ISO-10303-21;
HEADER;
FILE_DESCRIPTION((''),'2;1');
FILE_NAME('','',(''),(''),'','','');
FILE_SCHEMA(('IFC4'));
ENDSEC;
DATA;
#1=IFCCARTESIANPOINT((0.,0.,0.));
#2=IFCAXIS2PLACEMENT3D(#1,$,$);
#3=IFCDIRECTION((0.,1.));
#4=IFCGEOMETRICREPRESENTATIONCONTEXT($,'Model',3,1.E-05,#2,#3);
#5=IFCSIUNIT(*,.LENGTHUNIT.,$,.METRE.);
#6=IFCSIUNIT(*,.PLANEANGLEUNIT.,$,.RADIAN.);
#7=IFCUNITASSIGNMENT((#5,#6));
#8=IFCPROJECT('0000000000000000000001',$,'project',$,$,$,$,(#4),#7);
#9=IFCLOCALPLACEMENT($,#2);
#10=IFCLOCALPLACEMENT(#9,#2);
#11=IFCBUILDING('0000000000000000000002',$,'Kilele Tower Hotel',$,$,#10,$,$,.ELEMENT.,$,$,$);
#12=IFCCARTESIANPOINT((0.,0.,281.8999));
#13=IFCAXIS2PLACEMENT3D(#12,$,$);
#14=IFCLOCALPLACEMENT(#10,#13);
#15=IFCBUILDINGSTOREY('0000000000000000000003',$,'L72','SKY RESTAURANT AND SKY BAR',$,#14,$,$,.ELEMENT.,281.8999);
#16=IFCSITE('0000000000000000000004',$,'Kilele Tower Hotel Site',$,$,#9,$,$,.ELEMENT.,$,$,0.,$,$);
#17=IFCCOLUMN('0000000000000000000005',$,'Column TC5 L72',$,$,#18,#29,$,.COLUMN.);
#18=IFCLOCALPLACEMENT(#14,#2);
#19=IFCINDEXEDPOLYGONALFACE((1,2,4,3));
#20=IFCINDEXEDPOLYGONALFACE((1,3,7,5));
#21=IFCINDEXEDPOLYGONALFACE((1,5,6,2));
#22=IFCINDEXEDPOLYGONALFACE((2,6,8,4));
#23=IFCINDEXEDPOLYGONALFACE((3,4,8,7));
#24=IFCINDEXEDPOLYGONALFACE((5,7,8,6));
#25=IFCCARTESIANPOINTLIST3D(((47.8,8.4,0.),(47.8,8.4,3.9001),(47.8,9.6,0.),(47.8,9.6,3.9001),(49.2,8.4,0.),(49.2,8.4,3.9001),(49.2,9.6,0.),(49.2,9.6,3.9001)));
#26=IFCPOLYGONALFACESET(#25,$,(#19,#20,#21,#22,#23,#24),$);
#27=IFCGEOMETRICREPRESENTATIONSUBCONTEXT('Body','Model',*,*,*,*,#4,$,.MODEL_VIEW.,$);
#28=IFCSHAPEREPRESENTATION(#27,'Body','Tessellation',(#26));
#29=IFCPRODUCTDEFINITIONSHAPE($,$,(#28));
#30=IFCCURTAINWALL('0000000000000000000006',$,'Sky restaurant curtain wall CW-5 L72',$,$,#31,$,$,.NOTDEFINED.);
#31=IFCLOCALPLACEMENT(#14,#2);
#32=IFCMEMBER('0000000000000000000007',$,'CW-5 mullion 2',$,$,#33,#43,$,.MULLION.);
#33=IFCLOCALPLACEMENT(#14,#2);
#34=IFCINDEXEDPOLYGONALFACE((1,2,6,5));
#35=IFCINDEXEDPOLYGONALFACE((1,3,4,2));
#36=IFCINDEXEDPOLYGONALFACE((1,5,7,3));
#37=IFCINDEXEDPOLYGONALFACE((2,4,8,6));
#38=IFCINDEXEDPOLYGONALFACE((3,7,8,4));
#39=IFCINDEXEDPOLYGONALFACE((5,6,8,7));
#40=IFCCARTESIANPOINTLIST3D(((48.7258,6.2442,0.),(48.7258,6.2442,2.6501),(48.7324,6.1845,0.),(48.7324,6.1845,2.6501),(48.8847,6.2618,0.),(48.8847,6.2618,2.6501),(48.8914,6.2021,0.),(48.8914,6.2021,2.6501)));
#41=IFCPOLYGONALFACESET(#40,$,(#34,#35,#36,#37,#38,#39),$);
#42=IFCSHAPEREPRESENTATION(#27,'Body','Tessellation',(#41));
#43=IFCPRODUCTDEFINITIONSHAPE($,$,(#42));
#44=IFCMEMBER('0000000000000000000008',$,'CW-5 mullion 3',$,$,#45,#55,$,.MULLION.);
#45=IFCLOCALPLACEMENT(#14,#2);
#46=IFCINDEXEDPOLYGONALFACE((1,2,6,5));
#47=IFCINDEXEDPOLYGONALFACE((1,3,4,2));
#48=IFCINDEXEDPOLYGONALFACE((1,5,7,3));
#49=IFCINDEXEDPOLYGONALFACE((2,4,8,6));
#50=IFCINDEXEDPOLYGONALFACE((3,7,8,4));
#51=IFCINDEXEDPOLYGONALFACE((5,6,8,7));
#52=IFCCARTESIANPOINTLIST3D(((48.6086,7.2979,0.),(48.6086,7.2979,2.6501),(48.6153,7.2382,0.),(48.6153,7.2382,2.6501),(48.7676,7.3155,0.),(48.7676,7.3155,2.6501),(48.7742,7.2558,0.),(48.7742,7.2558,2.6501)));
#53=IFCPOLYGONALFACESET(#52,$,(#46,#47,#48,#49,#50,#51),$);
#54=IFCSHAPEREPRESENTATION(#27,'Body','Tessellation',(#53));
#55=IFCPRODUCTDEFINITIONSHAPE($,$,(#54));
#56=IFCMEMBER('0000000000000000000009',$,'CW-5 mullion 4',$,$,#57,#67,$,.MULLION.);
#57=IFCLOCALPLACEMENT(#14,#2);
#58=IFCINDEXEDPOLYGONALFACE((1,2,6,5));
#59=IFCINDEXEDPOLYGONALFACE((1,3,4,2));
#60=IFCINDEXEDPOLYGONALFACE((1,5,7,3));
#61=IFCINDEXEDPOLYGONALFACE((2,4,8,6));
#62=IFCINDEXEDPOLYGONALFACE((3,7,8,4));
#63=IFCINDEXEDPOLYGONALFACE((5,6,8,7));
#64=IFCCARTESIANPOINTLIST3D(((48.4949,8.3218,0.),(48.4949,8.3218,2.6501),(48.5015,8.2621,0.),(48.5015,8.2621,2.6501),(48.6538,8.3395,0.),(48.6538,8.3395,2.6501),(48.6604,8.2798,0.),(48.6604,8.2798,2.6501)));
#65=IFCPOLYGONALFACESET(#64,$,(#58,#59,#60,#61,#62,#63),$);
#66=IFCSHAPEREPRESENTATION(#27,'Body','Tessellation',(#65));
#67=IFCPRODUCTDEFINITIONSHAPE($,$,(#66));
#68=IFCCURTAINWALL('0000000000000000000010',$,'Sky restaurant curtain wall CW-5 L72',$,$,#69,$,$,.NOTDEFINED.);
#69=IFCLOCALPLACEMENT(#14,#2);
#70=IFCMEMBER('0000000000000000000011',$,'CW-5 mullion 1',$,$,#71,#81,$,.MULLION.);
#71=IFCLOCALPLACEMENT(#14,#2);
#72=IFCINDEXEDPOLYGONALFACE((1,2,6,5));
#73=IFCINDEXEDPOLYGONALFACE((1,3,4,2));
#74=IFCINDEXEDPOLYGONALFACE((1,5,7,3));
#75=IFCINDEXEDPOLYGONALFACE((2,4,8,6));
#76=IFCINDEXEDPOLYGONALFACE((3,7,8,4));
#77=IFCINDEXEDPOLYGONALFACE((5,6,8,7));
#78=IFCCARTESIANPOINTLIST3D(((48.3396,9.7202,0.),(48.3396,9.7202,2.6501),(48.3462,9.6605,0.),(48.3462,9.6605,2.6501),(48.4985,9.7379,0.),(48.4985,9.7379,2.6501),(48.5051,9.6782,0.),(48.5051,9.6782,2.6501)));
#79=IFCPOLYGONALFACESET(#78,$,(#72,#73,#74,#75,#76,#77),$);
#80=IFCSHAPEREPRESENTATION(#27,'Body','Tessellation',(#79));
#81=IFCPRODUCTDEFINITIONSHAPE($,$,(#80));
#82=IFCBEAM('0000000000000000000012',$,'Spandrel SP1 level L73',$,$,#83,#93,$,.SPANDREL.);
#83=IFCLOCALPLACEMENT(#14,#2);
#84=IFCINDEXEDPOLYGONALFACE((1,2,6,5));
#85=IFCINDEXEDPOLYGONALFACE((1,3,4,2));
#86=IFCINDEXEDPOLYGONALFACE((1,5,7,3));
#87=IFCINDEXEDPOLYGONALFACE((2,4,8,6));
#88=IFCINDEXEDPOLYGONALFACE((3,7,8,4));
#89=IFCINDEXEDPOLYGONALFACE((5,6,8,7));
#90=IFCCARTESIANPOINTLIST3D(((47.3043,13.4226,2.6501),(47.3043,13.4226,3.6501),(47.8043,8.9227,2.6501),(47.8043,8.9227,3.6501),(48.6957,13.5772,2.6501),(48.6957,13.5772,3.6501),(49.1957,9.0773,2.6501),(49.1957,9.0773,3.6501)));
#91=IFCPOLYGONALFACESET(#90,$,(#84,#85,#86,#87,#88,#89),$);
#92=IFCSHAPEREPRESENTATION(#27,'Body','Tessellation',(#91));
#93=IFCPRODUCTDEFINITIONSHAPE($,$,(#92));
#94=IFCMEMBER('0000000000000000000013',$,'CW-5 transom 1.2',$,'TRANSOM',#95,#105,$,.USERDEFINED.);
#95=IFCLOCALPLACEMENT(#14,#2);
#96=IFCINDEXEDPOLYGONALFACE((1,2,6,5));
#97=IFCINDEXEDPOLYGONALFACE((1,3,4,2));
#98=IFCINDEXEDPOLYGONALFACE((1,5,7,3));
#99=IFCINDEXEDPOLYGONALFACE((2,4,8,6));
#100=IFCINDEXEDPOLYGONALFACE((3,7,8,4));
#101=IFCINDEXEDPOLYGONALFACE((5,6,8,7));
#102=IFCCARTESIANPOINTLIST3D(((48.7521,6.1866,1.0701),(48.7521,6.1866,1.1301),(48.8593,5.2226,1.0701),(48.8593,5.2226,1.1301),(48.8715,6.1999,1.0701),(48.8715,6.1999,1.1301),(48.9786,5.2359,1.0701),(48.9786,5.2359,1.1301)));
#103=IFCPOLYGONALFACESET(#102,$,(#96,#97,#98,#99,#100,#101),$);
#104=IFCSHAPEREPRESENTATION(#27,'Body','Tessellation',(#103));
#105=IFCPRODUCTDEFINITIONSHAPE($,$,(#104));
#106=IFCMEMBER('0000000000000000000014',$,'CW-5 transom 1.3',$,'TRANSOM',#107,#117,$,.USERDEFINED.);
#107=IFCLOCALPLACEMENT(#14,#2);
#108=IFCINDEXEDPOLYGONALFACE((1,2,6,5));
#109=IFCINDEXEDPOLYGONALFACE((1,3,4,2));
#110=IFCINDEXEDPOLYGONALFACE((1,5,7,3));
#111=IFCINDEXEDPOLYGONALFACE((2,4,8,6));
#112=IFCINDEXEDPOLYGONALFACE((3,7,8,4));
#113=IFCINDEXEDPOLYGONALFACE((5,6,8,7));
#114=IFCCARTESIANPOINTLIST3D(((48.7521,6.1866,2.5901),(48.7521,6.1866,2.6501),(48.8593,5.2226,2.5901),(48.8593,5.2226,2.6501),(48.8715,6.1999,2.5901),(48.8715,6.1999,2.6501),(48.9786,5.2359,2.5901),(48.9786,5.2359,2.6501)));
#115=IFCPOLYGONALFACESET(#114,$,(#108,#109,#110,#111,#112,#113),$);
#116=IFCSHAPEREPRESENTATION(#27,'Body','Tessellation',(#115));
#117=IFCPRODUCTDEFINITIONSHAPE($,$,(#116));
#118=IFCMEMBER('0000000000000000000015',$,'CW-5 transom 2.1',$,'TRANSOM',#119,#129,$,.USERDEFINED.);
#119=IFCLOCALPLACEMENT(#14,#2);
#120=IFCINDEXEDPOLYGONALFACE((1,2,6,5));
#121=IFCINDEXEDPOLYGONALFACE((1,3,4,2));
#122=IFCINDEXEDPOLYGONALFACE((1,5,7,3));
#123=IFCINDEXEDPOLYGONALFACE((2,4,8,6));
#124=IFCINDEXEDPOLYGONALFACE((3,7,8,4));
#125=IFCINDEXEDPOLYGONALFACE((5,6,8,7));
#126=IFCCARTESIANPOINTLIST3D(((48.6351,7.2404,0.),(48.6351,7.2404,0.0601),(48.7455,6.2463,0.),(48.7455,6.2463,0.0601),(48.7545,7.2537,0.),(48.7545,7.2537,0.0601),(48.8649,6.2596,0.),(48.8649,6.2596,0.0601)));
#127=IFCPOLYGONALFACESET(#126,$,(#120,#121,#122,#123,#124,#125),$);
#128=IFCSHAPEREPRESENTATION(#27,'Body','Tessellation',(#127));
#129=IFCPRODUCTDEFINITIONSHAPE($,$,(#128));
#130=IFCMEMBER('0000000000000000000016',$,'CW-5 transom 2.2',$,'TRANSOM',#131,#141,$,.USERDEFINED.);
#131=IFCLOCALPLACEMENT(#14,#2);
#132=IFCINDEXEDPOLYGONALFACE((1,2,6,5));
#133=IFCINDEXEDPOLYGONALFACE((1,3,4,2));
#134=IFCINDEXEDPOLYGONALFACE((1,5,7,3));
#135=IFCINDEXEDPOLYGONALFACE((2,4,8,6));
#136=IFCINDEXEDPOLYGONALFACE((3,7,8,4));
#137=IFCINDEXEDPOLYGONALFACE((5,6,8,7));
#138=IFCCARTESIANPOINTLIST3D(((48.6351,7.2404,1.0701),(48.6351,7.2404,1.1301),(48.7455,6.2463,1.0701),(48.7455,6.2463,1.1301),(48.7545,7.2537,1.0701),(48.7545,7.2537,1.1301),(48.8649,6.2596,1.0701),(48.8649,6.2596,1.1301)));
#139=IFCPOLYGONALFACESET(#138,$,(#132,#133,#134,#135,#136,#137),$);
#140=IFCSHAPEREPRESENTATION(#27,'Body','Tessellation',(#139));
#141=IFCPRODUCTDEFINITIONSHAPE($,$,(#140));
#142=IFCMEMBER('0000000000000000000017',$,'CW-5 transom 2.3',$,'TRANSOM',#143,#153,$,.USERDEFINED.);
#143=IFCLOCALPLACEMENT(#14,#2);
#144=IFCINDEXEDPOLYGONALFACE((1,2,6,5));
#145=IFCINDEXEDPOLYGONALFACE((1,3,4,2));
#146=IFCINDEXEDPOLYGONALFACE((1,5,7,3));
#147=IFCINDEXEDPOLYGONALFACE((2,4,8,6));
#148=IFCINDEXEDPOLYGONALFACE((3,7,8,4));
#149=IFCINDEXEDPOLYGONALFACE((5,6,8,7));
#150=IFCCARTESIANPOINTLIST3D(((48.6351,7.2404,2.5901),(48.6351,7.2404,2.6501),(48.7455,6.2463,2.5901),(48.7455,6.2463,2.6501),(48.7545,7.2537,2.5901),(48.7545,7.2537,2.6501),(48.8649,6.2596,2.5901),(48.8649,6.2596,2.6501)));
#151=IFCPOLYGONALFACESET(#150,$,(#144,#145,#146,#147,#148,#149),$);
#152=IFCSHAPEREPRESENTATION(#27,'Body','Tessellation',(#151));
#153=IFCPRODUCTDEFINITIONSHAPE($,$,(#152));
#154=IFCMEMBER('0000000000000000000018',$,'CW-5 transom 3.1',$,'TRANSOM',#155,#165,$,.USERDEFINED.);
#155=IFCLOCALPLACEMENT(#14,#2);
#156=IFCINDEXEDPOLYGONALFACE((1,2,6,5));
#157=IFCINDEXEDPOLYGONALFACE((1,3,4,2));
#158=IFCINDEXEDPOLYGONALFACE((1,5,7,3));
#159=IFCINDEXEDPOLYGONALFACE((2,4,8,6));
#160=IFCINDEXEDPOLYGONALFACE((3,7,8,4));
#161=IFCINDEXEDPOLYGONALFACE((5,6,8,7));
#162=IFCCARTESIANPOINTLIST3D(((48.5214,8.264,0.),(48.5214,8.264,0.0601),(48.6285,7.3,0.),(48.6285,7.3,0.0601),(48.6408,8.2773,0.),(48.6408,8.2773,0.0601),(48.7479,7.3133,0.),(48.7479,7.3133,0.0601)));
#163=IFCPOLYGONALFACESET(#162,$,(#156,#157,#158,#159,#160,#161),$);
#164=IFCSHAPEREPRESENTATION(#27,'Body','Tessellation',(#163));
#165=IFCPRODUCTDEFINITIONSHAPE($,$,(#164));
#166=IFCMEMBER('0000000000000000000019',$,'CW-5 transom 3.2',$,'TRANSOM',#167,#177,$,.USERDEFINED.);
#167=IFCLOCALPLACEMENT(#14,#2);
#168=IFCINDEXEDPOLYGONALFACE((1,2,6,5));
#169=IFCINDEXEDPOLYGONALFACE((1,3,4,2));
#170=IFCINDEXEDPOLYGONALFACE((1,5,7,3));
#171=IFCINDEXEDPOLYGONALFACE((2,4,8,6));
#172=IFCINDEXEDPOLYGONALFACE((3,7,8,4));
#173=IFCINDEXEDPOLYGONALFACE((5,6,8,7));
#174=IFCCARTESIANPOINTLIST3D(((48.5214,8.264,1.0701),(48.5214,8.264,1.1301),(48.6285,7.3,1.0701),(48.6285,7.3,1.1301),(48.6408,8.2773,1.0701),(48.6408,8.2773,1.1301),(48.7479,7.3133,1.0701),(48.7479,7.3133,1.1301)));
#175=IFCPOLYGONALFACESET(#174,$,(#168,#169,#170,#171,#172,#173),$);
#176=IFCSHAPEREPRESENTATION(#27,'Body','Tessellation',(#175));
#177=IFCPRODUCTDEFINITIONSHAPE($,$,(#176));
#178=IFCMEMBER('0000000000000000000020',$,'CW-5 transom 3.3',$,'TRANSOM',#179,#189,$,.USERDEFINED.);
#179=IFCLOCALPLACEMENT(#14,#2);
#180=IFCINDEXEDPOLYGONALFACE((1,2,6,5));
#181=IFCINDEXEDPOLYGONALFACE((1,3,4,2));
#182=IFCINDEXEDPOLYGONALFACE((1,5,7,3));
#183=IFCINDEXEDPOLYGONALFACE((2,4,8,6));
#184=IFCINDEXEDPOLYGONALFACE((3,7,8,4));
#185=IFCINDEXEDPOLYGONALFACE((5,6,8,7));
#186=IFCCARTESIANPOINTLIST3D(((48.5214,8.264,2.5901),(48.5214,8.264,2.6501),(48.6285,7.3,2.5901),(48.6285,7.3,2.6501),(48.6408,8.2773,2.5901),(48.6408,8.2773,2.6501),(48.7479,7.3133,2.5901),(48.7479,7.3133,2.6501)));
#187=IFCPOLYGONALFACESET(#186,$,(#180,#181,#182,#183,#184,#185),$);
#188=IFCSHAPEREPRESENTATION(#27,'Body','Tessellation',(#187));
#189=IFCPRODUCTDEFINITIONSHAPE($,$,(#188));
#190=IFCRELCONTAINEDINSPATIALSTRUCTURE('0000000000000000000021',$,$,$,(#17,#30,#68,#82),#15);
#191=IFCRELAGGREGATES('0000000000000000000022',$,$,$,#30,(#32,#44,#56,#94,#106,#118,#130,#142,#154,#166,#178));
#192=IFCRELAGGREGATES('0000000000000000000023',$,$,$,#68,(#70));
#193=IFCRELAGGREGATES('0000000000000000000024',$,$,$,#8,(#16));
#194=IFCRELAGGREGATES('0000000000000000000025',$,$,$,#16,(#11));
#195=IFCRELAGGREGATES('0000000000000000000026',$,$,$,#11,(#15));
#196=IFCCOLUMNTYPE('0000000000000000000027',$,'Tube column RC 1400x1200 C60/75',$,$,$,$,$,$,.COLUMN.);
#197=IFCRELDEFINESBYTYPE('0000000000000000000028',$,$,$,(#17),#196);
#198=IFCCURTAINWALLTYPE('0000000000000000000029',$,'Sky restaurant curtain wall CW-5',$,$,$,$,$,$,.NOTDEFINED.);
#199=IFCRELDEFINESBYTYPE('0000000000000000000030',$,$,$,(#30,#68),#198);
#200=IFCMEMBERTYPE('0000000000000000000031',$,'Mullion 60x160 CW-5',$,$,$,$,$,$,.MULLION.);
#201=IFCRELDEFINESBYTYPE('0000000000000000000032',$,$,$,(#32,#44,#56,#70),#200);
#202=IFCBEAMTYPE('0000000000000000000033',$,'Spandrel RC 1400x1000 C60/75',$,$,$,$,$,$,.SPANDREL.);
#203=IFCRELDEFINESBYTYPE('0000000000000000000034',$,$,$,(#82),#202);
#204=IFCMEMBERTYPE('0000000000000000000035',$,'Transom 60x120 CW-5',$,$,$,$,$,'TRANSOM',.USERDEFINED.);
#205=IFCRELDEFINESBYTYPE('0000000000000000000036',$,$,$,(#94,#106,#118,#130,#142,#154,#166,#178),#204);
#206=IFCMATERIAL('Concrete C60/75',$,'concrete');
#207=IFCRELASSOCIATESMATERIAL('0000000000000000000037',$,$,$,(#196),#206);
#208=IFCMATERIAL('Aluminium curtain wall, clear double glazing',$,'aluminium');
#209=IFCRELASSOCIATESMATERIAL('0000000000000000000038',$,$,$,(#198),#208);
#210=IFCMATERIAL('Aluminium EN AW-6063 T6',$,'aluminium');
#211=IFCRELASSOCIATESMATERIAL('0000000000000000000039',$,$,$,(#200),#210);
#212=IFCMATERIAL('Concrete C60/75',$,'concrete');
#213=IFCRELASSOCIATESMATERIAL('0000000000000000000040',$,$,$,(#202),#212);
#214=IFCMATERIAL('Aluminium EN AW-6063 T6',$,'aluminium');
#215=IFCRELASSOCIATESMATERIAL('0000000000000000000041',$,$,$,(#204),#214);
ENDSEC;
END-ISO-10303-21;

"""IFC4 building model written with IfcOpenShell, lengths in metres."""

from ifc_helpers import new_model, si_unit, direction, frame, origin, origin_2d, place, context, subcontext, project, spatial, rectangle, extrude, material, material_profile, profile_set, type_object, element, aggregate, save


model = new_model("IFC4")

# Units and contexts
model_context = context("Model", 3, precision=1e-05, world=origin(), true_north=direction((0.0, 1.0)))
body_context = subcontext(model_context, "Body", "Model", "MODEL_VIEW")
ifc_project = project(units=[si_unit("LENGTHUNIT", "METRE"), si_unit("PLANEANGLEUNIT", "RADIAN")], contexts=[model_context])

# Site, building, storey
site_placement = place(None, origin())
site = spatial("IfcSite", under=ifc_project, at=site_placement, Name="Kilele Tower Hotel Site", CompositionType="ELEMENT", RefElevation=0.0)
building_placement = place(site_placement, origin())
building = spatial("IfcBuilding", under=site, at=building_placement, Name="Kilele Tower Hotel", CompositionType="ELEMENT")
storey_placement = place(building_placement, frame((0.0, 0.0, 281.8999)))
storey = spatial("IfcBuildingStorey", under=building, at=storey_placement, Name="L72", Description="SKY RESTAURANT AND SKY BAR", CompositionType="ELEMENT", Elevation=281.8999)

# Column
ifc_material_1 = material(Name="Concrete C60/75", Category="concrete")
ifc_material_profile_1 = material_profile(ifc_material_1, rectangle(XDim=1.3999, YDim=1.2, at=origin_2d()))
ifc_profile_set_1 = profile_set([ifc_material_profile_1], Name="Concrete C60/75")
column_type = type_object("IfcColumnType", Name="Tube column RC 1400x1200 C60/75", PredefinedType="COLUMN", material=ifc_profile_set_1)
column_placement = place(storey_placement, frame((48.5, 9.0, 0.0), z_axis=(0.0, 0.0, 1.0), x_axis=(1.0, 0.0, 0.0)))
element("IfcColumn", 1, at=column_placement, inside=storey, type_object=column_type, Name="Column TC5 L72", PredefinedType="COLUMN", context=body_context, shape_type="SweptSolid", body=[
    extrude(rectangle(XDim=1.3999, YDim=1.2, at=origin_2d()), origin(), (0.0, 0.0, 1.0), 3.9001),
])

# Curtain wall, members
ifc_material_2 = material(Name="Aluminium curtain wall, clear double glazing", Category="aluminium")
curtain_wall_type = type_object("IfcCurtainWallType", Name="Sky restaurant curtain wall CW-5", PredefinedType="NOTDEFINED", material=ifc_material_2)
curtain_wall_1_placement = place(storey_placement, origin())
curtain_wall_1 = element("IfcCurtainWall", 2, at=curtain_wall_1_placement, inside=storey, type_object=curtain_wall_type, Name="Sky restaurant curtain wall CW-5 L72", PredefinedType="NOTDEFINED")
ifc_material_3 = material(Name="Aluminium EN AW-6063 T6", Category="aluminium")
ifc_material_profile_2 = material_profile(ifc_material_3, rectangle(XDim=0.1599, YDim=0.0601, at=origin_2d()))
ifc_profile_set_2 = profile_set([ifc_material_profile_2], Name="Aluminium EN AW-6063 T6")
member_type_1 = type_object("IfcMemberType", Name="Mullion 60x160 CW-5", PredefinedType="MULLION", material=ifc_profile_set_2)
member_1_placement = place(storey_placement, frame((48.8086, 6.2231, 0.0), z_axis=(0.0, 0.0, 1.0), x_axis=(-0.993884, -0.110432, 0.0)))
member_1 = element("IfcMember", 3, at=member_1_placement, type_object=member_type_1, Name="CW-5 mullion 2", PredefinedType="MULLION", context=body_context, shape_type="SweptSolid", body=[
    extrude(rectangle(XDim=0.1599, YDim=0.0601, at=origin_2d()), origin(), (0.0, 0.0, 1.0), 2.6501),
])
member_2_placement = place(storey_placement, frame((48.6914, 7.2769, 0.0), z_axis=(0.0, 0.0, 1.0), x_axis=(-0.993884, -0.110432, 0.0)))
member_2 = element("IfcMember", 4, at=member_2_placement, type_object=member_type_1, Name="CW-5 mullion 3", PredefinedType="MULLION", context=body_context, shape_type="SweptSolid", body=[
    extrude(rectangle(XDim=0.1599, YDim=0.0601, at=origin_2d()), origin(), (0.0, 0.0, 1.0), 2.6501),
])
member_3_placement = place(storey_placement, frame((48.5776, 8.3008, 0.0), z_axis=(0.0, 0.0, 1.0), x_axis=(-0.993884, -0.110432, 0.0)))
member_3 = element("IfcMember", 5, at=member_3_placement, type_object=member_type_1, Name="CW-5 mullion 4", PredefinedType="MULLION", context=body_context, shape_type="SweptSolid", body=[
    extrude(rectangle(XDim=0.1599, YDim=0.0601, at=origin_2d()), origin(), (0.0, 0.0, 1.0), 2.6501),
])

# Curtain wall, member
curtain_wall_2_placement = place(storey_placement, origin())
curtain_wall_2 = element("IfcCurtainWall", 6, at=curtain_wall_2_placement, inside=storey, type_object=curtain_wall_type, Name="Sky restaurant curtain wall CW-5 L72", PredefinedType="NOTDEFINED")
member_4_placement = place(storey_placement, frame((48.4224, 9.6992, 0.0), z_axis=(0.0, 0.0, 1.0), x_axis=(-0.993884, -0.110432, 0.0)))
member_4 = element("IfcMember", 7, at=member_4_placement, type_object=member_type_1, Name="CW-5 mullion 1", PredefinedType="MULLION", context=body_context, shape_type="SweptSolid", body=[
    extrude(rectangle(XDim=0.1599, YDim=0.0601, at=origin_2d()), origin(), (0.0, 0.0, 1.0), 2.6501),
])

# Beam
ifc_material_4 = material(Name="Concrete C60/75", Category="concrete")
ifc_material_profile_3 = material_profile(ifc_material_4, rectangle(XDim=1.3999, YDim=1.0, at=origin_2d()))
ifc_profile_set_3 = profile_set([ifc_material_profile_3], Name="Concrete C60/75")
beam_type = type_object("IfcBeamType", Name="Spandrel RC 1400x1000 C60/75", PredefinedType="SPANDREL", material=ifc_profile_set_3)
beam_placement = place(storey_placement, frame((48.5, 9.0, 3.1501), z_axis=(-0.110432, 0.993884, 0.0), x_axis=(-0.993884, -0.110432, 0.0)))
element("IfcBeam", 8, at=beam_placement, inside=storey, type_object=beam_type, Name="Spandrel SP1 level L73", PredefinedType="SPANDREL", context=body_context, shape_type="SweptSolid", body=[
    extrude(rectangle(XDim=1.3999, YDim=1.0, at=origin_2d()), origin(), (0.0, 0.0, 1.0), 4.5276),
])

# Members
ifc_material_5 = material(Name="Aluminium EN AW-6063 T6", Category="aluminium")
ifc_material_profile_4 = material_profile(ifc_material_5, rectangle(XDim=0.1201, YDim=0.0601, at=origin_2d()))
ifc_profile_set_4 = profile_set([ifc_material_profile_4], Name="Aluminium EN AW-6063 T6")
member_type_2 = type_object("IfcMemberType", Name="Transom 60x120 CW-5", ElementType="TRANSOM", PredefinedType="USERDEFINED", material=ifc_profile_set_4)
member_5_placement = place(storey_placement, frame((48.9189, 5.2292, 1.1001), z_axis=(-0.110487, 0.993878, 0.0), x_axis=(-0.993878, -0.110487, 0.0)))
member_5 = element("IfcMember", 9, at=member_5_placement, type_object=member_type_2, Name="CW-5 transom 1.2", ObjectType="TRANSOM", PredefinedType="USERDEFINED", context=body_context, shape_type="SweptSolid", body=[
    extrude(rectangle(XDim=0.1201, YDim=0.0601, at=origin_2d()), origin(), (0.0, 0.0, 1.0), 0.97),
])
member_6_placement = place(storey_placement, frame((48.9189, 5.2292, 2.6201), z_axis=(-0.110487, 0.993878, 0.0), x_axis=(-0.993878, -0.110487, 0.0)))
member_6 = element("IfcMember", 10, at=member_6_placement, type_object=member_type_2, Name="CW-5 transom 1.3", ObjectType="TRANSOM", PredefinedType="USERDEFINED", context=body_context, shape_type="SweptSolid", body=[
    extrude(rectangle(XDim=0.1201, YDim=0.0601, at=origin_2d()), origin(), (0.0, 0.0, 1.0), 0.97),
])
member_7_placement = place(storey_placement, frame((48.8052, 6.2529, 0.03), z_axis=(-0.110324, 0.993896, 0.0), x_axis=(-0.993896, -0.110324, 0.0)))
member_7 = element("IfcMember", 11, at=member_7_placement, type_object=member_type_2, Name="CW-5 transom 2.1", ObjectType="TRANSOM", PredefinedType="USERDEFINED", context=body_context, shape_type="SweptSolid", body=[
    extrude(rectangle(XDim=0.1201, YDim=0.0601, at=origin_2d()), origin(), (0.0, 0.0, 1.0), 1.0002),
])
member_8_placement = place(storey_placement, frame((48.8052, 6.2529, 1.1001), z_axis=(-0.110324, 0.993896, 0.0), x_axis=(-0.993896, -0.110324, 0.0)))
member_8 = element("IfcMember", 12, at=member_8_placement, type_object=member_type_2, Name="CW-5 transom 2.2", ObjectType="TRANSOM", PredefinedType="USERDEFINED", context=body_context, shape_type="SweptSolid", body=[
    extrude(rectangle(XDim=0.1201, YDim=0.0601, at=origin_2d()), origin(), (0.0, 0.0, 1.0), 1.0002),
])
member_9_placement = place(storey_placement, frame((48.8052, 6.2529, 2.6201), z_axis=(-0.110324, 0.993896, 0.0), x_axis=(-0.993896, -0.110324, 0.0)))
member_9 = element("IfcMember", 13, at=member_9_placement, type_object=member_type_2, Name="CW-5 transom 2.3", ObjectType="TRANSOM", PredefinedType="USERDEFINED", context=body_context, shape_type="SweptSolid", body=[
    extrude(rectangle(XDim=0.1201, YDim=0.0601, at=origin_2d()), origin(), (0.0, 0.0, 1.0), 1.0002),
])
member_10_placement = place(storey_placement, frame((48.6882, 7.3066, 0.03), z_axis=(-0.110487, 0.993878, 0.0), x_axis=(-0.993878, -0.110487, 0.0)))
member_10 = element("IfcMember", 14, at=member_10_placement, type_object=member_type_2, Name="CW-5 transom 3.1", ObjectType="TRANSOM", PredefinedType="USERDEFINED", context=body_context, shape_type="SweptSolid", body=[
    extrude(rectangle(XDim=0.1201, YDim=0.0601, at=origin_2d()), origin(), (0.0, 0.0, 1.0), 0.97),
])
member_11_placement = place(storey_placement, frame((48.6882, 7.3066, 1.1001), z_axis=(-0.110487, 0.993878, 0.0), x_axis=(-0.993878, -0.110487, 0.0)))
member_11 = element("IfcMember", 15, at=member_11_placement, type_object=member_type_2, Name="CW-5 transom 3.2", ObjectType="TRANSOM", PredefinedType="USERDEFINED", context=body_context, shape_type="SweptSolid", body=[
    extrude(rectangle(XDim=0.1201, YDim=0.0601, at=origin_2d()), origin(), (0.0, 0.0, 1.0), 0.97),
])
member_12_placement = place(storey_placement, frame((48.6882, 7.3066, 2.6201), z_axis=(-0.110487, 0.993878, 0.0), x_axis=(-0.993878, -0.110487, 0.0)))
member_12 = element("IfcMember", 16, at=member_12_placement, type_object=member_type_2, Name="CW-5 transom 3.3", ObjectType="TRANSOM", PredefinedType="USERDEFINED", context=body_context, shape_type="SweptSolid", body=[
    extrude(rectangle(XDim=0.1201, YDim=0.0601, at=origin_2d()), origin(), (0.0, 0.0, 1.0), 0.97),
])

aggregate(curtain_wall_1, [member_1, member_2, member_3, member_5, member_6, member_7, member_8, member_9, member_10, member_11, member_12])
aggregate(curtain_wall_2, [member_4])

save(model, "model.ifc")
